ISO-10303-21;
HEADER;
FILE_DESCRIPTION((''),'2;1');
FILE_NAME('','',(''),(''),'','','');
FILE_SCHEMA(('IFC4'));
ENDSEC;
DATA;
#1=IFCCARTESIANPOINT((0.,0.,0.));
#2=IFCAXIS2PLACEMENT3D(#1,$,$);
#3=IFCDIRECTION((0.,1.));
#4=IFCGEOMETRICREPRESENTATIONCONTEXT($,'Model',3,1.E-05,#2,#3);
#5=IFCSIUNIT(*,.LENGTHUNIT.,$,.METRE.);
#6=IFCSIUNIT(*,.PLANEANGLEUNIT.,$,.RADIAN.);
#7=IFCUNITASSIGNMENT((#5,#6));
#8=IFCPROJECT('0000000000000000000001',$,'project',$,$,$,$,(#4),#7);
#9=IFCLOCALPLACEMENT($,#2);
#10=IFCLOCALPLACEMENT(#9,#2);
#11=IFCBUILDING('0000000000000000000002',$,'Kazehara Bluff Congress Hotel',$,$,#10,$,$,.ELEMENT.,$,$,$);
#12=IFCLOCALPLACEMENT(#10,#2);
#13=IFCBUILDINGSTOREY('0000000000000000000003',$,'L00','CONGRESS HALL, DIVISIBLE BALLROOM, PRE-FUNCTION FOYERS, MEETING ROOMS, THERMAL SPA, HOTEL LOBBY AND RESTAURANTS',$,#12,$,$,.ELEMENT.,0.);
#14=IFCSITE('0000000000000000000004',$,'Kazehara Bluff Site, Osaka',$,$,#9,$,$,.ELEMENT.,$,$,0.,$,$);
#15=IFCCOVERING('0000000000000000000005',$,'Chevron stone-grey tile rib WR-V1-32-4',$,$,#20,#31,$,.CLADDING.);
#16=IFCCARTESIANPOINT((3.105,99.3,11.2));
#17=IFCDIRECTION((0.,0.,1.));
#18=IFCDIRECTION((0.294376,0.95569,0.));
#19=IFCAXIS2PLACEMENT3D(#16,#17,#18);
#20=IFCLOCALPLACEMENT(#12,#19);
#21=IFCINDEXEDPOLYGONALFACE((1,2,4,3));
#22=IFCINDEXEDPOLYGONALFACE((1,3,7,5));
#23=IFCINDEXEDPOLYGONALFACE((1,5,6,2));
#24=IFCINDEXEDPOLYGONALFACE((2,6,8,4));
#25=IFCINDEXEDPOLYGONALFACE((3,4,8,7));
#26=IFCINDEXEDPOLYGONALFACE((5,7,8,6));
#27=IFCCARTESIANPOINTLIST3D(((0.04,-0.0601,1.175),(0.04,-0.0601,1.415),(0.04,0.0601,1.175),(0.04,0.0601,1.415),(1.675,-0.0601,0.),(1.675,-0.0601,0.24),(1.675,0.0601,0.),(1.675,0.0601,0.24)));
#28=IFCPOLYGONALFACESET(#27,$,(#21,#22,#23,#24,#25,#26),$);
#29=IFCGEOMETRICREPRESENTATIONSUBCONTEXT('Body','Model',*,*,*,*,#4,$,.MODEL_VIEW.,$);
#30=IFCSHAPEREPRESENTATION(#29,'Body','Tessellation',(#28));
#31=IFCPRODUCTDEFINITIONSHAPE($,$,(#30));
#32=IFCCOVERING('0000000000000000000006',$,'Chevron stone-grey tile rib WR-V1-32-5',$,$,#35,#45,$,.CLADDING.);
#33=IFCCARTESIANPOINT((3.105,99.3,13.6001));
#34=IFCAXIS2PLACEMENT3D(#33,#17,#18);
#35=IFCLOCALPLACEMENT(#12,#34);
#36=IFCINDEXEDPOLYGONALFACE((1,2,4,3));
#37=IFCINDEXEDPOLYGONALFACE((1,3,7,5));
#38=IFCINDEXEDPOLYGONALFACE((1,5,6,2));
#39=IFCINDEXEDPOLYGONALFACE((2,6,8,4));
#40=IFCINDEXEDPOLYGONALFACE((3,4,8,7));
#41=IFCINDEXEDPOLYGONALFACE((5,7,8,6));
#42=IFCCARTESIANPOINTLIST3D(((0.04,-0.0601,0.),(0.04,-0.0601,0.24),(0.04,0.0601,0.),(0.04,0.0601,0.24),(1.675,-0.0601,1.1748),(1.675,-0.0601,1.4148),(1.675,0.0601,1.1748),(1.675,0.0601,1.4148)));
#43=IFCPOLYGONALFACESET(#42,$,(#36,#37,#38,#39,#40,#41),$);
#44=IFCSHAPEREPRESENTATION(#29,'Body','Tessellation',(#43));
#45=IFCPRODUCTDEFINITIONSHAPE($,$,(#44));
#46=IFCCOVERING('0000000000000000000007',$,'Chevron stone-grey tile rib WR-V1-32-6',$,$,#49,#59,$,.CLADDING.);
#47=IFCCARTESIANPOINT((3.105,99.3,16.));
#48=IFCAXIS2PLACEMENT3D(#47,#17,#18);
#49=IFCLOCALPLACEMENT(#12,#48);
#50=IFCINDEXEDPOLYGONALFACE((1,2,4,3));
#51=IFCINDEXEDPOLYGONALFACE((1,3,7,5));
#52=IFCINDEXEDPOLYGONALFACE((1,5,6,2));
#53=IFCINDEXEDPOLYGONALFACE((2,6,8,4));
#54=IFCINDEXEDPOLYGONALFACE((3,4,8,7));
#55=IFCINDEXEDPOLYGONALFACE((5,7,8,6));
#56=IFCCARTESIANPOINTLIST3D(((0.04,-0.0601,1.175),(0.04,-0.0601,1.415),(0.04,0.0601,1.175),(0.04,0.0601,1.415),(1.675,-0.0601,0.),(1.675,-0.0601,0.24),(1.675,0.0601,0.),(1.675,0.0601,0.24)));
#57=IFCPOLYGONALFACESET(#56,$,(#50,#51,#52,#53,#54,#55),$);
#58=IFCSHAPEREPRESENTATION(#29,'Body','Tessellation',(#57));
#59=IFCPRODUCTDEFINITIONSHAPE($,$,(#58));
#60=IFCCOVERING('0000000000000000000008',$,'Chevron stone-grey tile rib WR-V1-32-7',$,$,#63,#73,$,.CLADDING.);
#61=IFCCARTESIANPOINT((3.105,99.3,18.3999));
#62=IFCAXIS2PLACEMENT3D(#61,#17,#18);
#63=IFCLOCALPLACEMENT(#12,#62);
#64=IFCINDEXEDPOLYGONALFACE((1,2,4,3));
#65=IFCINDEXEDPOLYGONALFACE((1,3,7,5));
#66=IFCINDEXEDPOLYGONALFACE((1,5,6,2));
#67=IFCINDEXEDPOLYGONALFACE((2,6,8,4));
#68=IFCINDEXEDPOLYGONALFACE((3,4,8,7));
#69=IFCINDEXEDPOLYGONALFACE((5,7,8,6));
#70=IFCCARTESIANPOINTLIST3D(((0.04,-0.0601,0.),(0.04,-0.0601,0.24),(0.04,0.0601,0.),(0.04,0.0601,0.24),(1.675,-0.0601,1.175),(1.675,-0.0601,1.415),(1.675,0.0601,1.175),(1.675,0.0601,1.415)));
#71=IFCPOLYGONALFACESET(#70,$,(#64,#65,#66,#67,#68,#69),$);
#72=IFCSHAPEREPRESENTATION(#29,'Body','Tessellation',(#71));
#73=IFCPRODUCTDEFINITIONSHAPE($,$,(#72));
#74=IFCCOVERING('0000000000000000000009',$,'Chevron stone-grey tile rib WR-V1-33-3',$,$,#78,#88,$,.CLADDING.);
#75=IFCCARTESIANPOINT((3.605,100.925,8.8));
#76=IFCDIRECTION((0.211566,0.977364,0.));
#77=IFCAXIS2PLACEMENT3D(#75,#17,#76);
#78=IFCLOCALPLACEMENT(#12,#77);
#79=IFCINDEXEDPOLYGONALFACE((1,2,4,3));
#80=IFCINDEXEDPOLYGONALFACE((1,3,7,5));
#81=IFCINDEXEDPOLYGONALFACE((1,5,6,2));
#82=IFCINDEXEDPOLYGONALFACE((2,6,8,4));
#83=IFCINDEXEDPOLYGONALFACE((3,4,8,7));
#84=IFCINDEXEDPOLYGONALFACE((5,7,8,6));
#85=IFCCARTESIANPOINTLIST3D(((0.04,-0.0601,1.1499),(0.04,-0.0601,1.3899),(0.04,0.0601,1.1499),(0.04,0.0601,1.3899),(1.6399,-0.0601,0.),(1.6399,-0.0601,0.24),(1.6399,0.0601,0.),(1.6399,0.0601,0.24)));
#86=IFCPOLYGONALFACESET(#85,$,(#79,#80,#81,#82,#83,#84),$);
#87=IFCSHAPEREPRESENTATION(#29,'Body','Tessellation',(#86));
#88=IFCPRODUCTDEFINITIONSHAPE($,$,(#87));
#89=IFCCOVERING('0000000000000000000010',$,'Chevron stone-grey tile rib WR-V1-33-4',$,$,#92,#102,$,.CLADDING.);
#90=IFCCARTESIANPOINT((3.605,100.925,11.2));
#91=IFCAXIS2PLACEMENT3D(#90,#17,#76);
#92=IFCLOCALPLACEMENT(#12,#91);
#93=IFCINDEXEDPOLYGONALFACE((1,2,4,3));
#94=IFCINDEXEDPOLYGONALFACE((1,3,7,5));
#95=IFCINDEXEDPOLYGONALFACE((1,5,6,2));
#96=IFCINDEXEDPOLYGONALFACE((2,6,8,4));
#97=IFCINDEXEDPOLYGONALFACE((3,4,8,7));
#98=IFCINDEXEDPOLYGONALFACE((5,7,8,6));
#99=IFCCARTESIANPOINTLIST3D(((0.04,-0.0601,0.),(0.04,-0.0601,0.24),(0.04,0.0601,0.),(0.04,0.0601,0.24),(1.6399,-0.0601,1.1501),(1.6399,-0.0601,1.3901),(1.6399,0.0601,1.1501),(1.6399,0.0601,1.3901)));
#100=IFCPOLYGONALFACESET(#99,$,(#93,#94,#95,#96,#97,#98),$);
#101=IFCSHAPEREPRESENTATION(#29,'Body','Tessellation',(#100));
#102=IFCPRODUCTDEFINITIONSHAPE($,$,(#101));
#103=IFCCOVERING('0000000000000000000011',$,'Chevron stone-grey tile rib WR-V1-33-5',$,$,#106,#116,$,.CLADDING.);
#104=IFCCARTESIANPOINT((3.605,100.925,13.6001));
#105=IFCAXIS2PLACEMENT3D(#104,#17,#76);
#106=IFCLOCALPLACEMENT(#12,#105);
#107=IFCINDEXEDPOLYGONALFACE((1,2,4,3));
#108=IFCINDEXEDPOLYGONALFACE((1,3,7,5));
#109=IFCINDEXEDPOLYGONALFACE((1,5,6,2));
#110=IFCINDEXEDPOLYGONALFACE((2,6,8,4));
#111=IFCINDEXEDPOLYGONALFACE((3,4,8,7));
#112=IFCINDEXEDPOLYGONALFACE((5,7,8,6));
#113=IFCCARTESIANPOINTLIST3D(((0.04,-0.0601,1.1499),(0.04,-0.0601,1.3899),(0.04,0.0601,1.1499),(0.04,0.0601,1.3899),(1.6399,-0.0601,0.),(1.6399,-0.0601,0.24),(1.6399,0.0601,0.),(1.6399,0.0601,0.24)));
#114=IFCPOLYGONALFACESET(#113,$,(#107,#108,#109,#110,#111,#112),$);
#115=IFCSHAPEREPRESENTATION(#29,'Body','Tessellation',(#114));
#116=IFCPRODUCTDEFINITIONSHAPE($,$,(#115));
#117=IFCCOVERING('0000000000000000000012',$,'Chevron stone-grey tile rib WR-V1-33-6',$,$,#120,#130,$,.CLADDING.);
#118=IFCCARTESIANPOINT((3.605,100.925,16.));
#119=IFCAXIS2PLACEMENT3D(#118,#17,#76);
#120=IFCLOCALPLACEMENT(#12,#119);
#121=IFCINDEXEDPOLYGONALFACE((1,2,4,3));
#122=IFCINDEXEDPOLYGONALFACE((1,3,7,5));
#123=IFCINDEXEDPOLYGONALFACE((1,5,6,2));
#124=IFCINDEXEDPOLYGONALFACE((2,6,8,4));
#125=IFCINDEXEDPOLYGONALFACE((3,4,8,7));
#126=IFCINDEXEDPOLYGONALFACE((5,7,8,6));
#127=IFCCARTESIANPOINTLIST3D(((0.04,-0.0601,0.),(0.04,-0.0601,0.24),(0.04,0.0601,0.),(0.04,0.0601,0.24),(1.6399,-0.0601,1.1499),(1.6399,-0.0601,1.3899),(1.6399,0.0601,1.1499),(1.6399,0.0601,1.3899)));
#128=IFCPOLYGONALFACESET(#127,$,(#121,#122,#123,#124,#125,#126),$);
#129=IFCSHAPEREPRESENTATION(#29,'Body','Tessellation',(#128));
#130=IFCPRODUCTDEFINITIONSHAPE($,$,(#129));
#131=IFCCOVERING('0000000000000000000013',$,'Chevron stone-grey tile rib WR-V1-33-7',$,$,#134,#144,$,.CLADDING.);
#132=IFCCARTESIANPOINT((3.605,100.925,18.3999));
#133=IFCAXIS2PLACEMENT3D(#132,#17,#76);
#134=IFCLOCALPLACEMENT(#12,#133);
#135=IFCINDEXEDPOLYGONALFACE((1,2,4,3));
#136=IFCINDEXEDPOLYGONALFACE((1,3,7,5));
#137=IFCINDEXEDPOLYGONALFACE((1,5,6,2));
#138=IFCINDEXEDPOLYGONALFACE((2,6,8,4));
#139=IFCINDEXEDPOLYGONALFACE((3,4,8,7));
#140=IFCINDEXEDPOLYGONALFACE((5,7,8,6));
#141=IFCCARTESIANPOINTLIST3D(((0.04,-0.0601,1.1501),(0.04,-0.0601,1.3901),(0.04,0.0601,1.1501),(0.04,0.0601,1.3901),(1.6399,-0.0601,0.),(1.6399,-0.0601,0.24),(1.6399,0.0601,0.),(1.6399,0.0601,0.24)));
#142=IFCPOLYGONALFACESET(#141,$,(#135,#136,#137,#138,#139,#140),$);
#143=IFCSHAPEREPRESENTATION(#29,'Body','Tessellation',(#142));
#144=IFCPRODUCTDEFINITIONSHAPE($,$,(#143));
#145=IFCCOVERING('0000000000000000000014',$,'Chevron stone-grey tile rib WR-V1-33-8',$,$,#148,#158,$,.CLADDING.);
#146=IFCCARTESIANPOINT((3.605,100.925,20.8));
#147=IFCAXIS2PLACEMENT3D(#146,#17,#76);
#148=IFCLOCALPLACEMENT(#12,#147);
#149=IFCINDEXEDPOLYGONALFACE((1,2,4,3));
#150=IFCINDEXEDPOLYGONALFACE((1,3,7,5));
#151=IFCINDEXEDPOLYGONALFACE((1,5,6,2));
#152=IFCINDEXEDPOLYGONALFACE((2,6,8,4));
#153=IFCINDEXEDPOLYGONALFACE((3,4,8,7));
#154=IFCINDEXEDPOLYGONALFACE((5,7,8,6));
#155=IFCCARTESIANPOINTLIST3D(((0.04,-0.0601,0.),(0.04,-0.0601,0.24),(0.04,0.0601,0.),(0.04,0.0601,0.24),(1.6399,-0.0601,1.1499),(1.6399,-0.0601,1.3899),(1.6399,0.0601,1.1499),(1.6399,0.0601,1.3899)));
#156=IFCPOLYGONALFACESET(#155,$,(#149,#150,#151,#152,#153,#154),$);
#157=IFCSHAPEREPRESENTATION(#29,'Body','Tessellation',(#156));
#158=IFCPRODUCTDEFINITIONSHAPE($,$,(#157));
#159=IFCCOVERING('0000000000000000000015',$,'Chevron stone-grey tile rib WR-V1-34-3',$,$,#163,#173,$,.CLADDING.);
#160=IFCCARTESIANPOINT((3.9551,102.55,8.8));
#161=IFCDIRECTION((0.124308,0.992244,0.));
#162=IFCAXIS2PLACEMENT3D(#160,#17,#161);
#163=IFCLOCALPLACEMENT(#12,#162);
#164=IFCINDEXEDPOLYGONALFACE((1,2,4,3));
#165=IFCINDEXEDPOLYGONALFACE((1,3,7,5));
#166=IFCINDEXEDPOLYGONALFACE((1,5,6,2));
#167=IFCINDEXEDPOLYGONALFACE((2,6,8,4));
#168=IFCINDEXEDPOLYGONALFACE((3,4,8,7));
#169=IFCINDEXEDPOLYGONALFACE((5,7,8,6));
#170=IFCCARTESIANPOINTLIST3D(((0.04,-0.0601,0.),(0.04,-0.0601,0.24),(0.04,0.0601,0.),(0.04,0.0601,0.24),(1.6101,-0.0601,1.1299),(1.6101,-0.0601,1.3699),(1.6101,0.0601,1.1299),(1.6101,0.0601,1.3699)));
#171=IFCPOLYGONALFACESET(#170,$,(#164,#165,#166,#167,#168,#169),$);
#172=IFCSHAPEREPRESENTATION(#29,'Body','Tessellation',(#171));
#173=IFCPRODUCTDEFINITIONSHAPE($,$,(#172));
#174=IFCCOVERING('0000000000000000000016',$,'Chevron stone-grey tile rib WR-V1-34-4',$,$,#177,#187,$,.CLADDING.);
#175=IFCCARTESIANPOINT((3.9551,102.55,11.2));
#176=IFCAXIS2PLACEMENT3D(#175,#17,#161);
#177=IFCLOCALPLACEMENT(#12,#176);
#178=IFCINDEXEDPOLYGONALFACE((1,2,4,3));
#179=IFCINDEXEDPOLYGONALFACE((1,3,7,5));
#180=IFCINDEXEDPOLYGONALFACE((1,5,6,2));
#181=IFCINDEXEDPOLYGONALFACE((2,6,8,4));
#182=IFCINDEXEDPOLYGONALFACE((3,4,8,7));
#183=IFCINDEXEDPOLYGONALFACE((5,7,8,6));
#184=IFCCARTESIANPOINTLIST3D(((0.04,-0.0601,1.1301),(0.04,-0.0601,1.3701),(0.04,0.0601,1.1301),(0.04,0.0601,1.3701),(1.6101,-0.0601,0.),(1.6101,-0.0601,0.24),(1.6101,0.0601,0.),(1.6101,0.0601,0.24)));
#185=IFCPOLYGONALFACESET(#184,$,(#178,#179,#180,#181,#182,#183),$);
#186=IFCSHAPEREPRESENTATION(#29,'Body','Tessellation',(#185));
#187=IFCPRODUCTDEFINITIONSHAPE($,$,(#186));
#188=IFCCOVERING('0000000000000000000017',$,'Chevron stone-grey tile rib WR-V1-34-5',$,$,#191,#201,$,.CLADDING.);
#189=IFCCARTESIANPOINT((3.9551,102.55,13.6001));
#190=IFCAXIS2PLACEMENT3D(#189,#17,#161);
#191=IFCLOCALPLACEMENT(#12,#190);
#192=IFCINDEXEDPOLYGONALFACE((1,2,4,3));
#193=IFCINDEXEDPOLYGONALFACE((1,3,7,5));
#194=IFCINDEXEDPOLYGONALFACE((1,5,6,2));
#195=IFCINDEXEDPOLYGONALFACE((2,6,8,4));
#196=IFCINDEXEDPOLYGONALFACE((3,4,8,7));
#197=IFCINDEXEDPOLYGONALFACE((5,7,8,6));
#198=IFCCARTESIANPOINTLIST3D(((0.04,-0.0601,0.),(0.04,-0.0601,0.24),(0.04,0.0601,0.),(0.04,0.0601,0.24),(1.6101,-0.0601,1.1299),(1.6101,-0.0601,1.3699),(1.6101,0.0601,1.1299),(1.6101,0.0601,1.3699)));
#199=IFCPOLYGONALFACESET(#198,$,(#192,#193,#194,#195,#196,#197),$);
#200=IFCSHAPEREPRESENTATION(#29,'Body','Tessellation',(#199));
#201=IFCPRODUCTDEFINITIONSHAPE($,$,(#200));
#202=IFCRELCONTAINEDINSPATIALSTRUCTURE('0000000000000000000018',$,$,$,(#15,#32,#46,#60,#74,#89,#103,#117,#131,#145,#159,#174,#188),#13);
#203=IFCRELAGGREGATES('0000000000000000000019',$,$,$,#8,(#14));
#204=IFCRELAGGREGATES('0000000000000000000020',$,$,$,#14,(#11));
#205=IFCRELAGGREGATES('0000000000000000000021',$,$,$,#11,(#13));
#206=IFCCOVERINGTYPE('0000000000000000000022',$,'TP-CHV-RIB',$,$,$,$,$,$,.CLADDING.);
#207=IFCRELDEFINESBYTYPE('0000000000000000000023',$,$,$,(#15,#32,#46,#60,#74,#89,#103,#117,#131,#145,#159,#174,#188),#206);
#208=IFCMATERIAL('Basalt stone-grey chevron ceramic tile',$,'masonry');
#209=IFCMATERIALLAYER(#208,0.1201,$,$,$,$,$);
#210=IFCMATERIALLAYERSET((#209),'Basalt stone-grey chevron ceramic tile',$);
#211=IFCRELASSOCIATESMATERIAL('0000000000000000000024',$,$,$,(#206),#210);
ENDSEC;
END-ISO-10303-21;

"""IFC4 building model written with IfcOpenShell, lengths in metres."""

from ifc_helpers import new_model, si_unit, direction, frame, origin, place, context, subcontext, project, spatial, polyline, outline, extrude, material, layer, layer_set, type_object, element, save


model = new_model("IFC4")

# Units and contexts
model_context = context("Model", 3, precision=1e-05, world=origin(), true_north=direction((0.0, 1.0)))
body_context = subcontext(model_context, "Body", "Model", "MODEL_VIEW")
ifc_project = project(units=[si_unit("LENGTHUNIT", "METRE"), si_unit("PLANEANGLEUNIT", "RADIAN")], contexts=[model_context])

# Site, building, storey
site_placement = place(None, origin())
site = spatial("IfcSite", under=ifc_project, at=site_placement, Name="Kazehara Bluff Site, Osaka", CompositionType="ELEMENT", RefElevation=0.0)
building_placement = place(site_placement, origin())
building = spatial("IfcBuilding", under=site, at=building_placement, Name="Kazehara Bluff Congress Hotel", CompositionType="ELEMENT")
storey_placement = place(building_placement, origin())
storey = spatial("IfcBuildingStorey", under=building, at=storey_placement, Name="L00", Description="CONGRESS HALL, DIVISIBLE BALLROOM, PRE-FUNCTION FOYERS, MEETING ROOMS, THERMAL SPA, HOTEL LOBBY AND RESTAURANTS", CompositionType="ELEMENT", Elevation=0.0)

# Coverings
ifc_material = material(Name="Basalt stone-grey chevron ceramic tile", Category="masonry")
ifc_layer = layer(ifc_material, 0.1201)
ifc_layer_set = layer_set([ifc_layer], Name="Basalt stone-grey chevron ceramic tile")
covering_type = type_object("IfcCoveringType", Name="TP-CHV-RIB", PredefinedType="CLADDING", material=ifc_layer_set)
covering_1_placement = place(storey_placement, frame((3.105, 99.3, 11.2), z_axis=(0.0, 0.0, 1.0), x_axis=(0.294376, 0.95569, 0.0)))
element("IfcCovering", 1, at=covering_1_placement, inside=storey, type_object=covering_type, Name="Chevron stone-grey tile rib WR-V1-32-4", PredefinedType="CLADDING", context=body_context, shape_type="SweptSolid", body=[
    extrude(outline(polyline([(0.04, 1.175), (1.675, 0.0), (1.675, 0.24), (0.04, 1.415), (0.04, 1.175)])), frame((0.0, 0.0601, 0.0), z_axis=(0.0, -1.0, 0.0), x_axis=(1.0, 0.0, 0.0)), (0.0, 0.0, 1.0), 0.1201),
])
covering_2_placement = place(storey_placement, frame((3.105, 99.3, 13.6001), z_axis=(0.0, 0.0, 1.0), x_axis=(0.294376, 0.95569, 0.0)))
element("IfcCovering", 2, at=covering_2_placement, inside=storey, type_object=covering_type, Name="Chevron stone-grey tile rib WR-V1-32-5", PredefinedType="CLADDING", context=body_context, shape_type="SweptSolid", body=[
    extrude(outline(polyline([(0.04, 0.0), (1.675, 1.1748), (1.675, 1.4148), (0.04, 0.24), (0.04, 0.0)])), frame((0.0, 0.0601, 0.0), z_axis=(0.0, -1.0, 0.0), x_axis=(1.0, 0.0, 0.0)), (0.0, 0.0, 1.0), 0.1201),
])
covering_3_placement = place(storey_placement, frame((3.105, 99.3, 16.0), z_axis=(0.0, 0.0, 1.0), x_axis=(0.294376, 0.95569, 0.0)))
element("IfcCovering", 3, at=covering_3_placement, inside=storey, type_object=covering_type, Name="Chevron stone-grey tile rib WR-V1-32-6", PredefinedType="CLADDING", context=body_context, shape_type="SweptSolid", body=[
    extrude(outline(polyline([(0.04, 1.175), (1.675, 0.0), (1.675, 0.24), (0.04, 1.415), (0.04, 1.175)])), frame((0.0, 0.0601, 0.0), z_axis=(0.0, -1.0, 0.0), x_axis=(1.0, 0.0, 0.0)), (0.0, 0.0, 1.0), 0.1201),
])
covering_4_placement = place(storey_placement, frame((3.105, 99.3, 18.3999), z_axis=(0.0, 0.0, 1.0), x_axis=(0.294376, 0.95569, 0.0)))
element("IfcCovering", 4, at=covering_4_placement, inside=storey, type_object=covering_type, Name="Chevron stone-grey tile rib WR-V1-32-7", PredefinedType="CLADDING", context=body_context, shape_type="SweptSolid", body=[
    extrude(outline(polyline([(0.04, 0.0), (1.675, 1.175), (1.675, 1.415), (0.04, 0.24), (0.04, 0.0)])), frame((0.0, 0.0601, 0.0), z_axis=(0.0, -1.0, 0.0), x_axis=(1.0, 0.0, 0.0)), (0.0, 0.0, 1.0), 0.1201),
])
covering_5_placement = place(storey_placement, frame((3.605, 100.925, 8.8), z_axis=(0.0, 0.0, 1.0), x_axis=(0.211566, 0.977364, 0.0)))
element("IfcCovering", 5, at=covering_5_placement, inside=storey, type_object=covering_type, Name="Chevron stone-grey tile rib WR-V1-33-3", PredefinedType="CLADDING", context=body_context, shape_type="SweptSolid", body=[
    extrude(outline(polyline([(0.04, 1.1499), (1.6399, 0.0), (1.6399, 0.24), (0.04, 1.3899), (0.04, 1.1499)])), frame((0.0, 0.0601, 0.0), z_axis=(0.0, -1.0, 0.0), x_axis=(1.0, 0.0, 0.0)), (0.0, 0.0, 1.0), 0.1201),
])
covering_6_placement = place(storey_placement, frame((3.605, 100.925, 11.2), z_axis=(0.0, 0.0, 1.0), x_axis=(0.211566, 0.977364, 0.0)))
element("IfcCovering", 6, at=covering_6_placement, inside=storey, type_object=covering_type, Name="Chevron stone-grey tile rib WR-V1-33-4", PredefinedType="CLADDING", context=body_context, shape_type="SweptSolid", body=[
    extrude(outline(polyline([(0.04, 0.0), (1.6399, 1.1501), (1.6399, 1.3901), (0.04, 0.24), (0.04, 0.0)])), frame((0.0, 0.0601, 0.0), z_axis=(0.0, -1.0, 0.0), x_axis=(1.0, 0.0, 0.0)), (0.0, 0.0, 1.0), 0.1201),
])
covering_7_placement = place(storey_placement, frame((3.605, 100.925, 13.6001), z_axis=(0.0, 0.0, 1.0), x_axis=(0.211566, 0.977364, 0.0)))
element("IfcCovering", 7, at=covering_7_placement, inside=storey, type_object=covering_type, Name="Chevron stone-grey tile rib WR-V1-33-5", PredefinedType="CLADDING", context=body_context, shape_type="SweptSolid", body=[
    extrude(outline(polyline([(0.04, 1.1499), (1.6399, 0.0), (1.6399, 0.24), (0.04, 1.3899), (0.04, 1.1499)])), frame((0.0, 0.0601, 0.0), z_axis=(0.0, -1.0, 0.0), x_axis=(1.0, 0.0, 0.0)), (0.0, 0.0, 1.0), 0.1201),
])
covering_8_placement = place(storey_placement, frame((3.605, 100.925, 16.0), z_axis=(0.0, 0.0, 1.0), x_axis=(0.211566, 0.977364, 0.0)))
element("IfcCovering", 8, at=covering_8_placement, inside=storey, type_object=covering_type, Name="Chevron stone-grey tile rib WR-V1-33-6", PredefinedType="CLADDING", context=body_context, shape_type="SweptSolid", body=[
    extrude(outline(polyline([(0.04, 0.0), (1.6399, 1.1499), (1.6399, 1.3899), (0.04, 0.24), (0.04, 0.0)])), frame((0.0, 0.0601, 0.0), z_axis=(0.0, -1.0, 0.0), x_axis=(1.0, 0.0, 0.0)), (0.0, 0.0, 1.0), 0.1201),
])
covering_9_placement = place(storey_placement, frame((3.605, 100.925, 18.3999), z_axis=(0.0, 0.0, 1.0), x_axis=(0.211566, 0.977364, 0.0)))
element("IfcCovering", 9, at=covering_9_placement, inside=storey, type_object=covering_type, Name="Chevron stone-grey tile rib WR-V1-33-7", PredefinedType="CLADDING", context=body_context, shape_type="SweptSolid", body=[
    extrude(outline(polyline([(0.04, 1.1501), (1.6399, 0.0), (1.6399, 0.24), (0.04, 1.3901), (0.04, 1.1501)])), frame((0.0, 0.0601, 0.0), z_axis=(0.0, -1.0, 0.0), x_axis=(1.0, 0.0, 0.0)), (0.0, 0.0, 1.0), 0.1201),
])
covering_10_placement = place(storey_placement, frame((3.605, 100.925, 20.8), z_axis=(0.0, 0.0, 1.0), x_axis=(0.211566, 0.977364, 0.0)))
element("IfcCovering", 10, at=covering_10_placement, inside=storey, type_object=covering_type, Name="Chevron stone-grey tile rib WR-V1-33-8", PredefinedType="CLADDING", context=body_context, shape_type="SweptSolid", body=[
    extrude(outline(polyline([(0.04, 0.0), (1.6399, 1.1499), (1.6399, 1.3899), (0.04, 0.24), (0.04, 0.0)])), frame((0.0, 0.0601, 0.0), z_axis=(0.0, -1.0, 0.0), x_axis=(1.0, 0.0, 0.0)), (0.0, 0.0, 1.0), 0.1201),
])
covering_11_placement = place(storey_placement, frame((3.9551, 102.55, 8.8), z_axis=(0.0, 0.0, 1.0), x_axis=(0.124308, 0.992244, 0.0)))
element("IfcCovering", 11, at=covering_11_placement, inside=storey, type_object=covering_type, Name="Chevron stone-grey tile rib WR-V1-34-3", PredefinedType="CLADDING", context=body_context, shape_type="SweptSolid", body=[
    extrude(outline(polyline([(0.04, 0.0), (1.6101, 1.1299), (1.6101, 1.3699), (0.04, 0.24), (0.04, 0.0)])), frame((0.0, 0.0601, 0.0), z_axis=(0.0, -1.0, 0.0), x_axis=(1.0, 0.0, 0.0)), (0.0, 0.0, 1.0), 0.1201),
])
covering_12_placement = place(storey_placement, frame((3.9551, 102.55, 11.2), z_axis=(0.0, 0.0, 1.0), x_axis=(0.124308, 0.992244, 0.0)))
element("IfcCovering", 12, at=covering_12_placement, inside=storey, type_object=covering_type, Name="Chevron stone-grey tile rib WR-V1-34-4", PredefinedType="CLADDING", context=body_context, shape_type="SweptSolid", body=[
    extrude(outline(polyline([(0.04, 1.1301), (1.6101, 0.0), (1.6101, 0.24), (0.04, 1.3701), (0.04, 1.1301)])), frame((0.0, 0.0601, 0.0), z_axis=(0.0, -1.0, 0.0), x_axis=(1.0, 0.0, 0.0)), (0.0, 0.0, 1.0), 0.1201),
])
covering_13_placement = place(storey_placement, frame((3.9551, 102.55, 13.6001), z_axis=(0.0, 0.0, 1.0), x_axis=(0.124308, 0.992244, 0.0)))
element("IfcCovering", 13, at=covering_13_placement, inside=storey, type_object=covering_type, Name="Chevron stone-grey tile rib WR-V1-34-5", PredefinedType="CLADDING", context=body_context, shape_type="SweptSolid", body=[
    extrude(outline(polyline([(0.04, 0.0), (1.6101, 1.1299), (1.6101, 1.3699), (0.04, 0.24), (0.04, 0.0)])), frame((0.0, 0.0601, 0.0), z_axis=(0.0, -1.0, 0.0), x_axis=(1.0, 0.0, 0.0)), (0.0, 0.0, 1.0), 0.1201),
])

save(model, "model.ifc")
